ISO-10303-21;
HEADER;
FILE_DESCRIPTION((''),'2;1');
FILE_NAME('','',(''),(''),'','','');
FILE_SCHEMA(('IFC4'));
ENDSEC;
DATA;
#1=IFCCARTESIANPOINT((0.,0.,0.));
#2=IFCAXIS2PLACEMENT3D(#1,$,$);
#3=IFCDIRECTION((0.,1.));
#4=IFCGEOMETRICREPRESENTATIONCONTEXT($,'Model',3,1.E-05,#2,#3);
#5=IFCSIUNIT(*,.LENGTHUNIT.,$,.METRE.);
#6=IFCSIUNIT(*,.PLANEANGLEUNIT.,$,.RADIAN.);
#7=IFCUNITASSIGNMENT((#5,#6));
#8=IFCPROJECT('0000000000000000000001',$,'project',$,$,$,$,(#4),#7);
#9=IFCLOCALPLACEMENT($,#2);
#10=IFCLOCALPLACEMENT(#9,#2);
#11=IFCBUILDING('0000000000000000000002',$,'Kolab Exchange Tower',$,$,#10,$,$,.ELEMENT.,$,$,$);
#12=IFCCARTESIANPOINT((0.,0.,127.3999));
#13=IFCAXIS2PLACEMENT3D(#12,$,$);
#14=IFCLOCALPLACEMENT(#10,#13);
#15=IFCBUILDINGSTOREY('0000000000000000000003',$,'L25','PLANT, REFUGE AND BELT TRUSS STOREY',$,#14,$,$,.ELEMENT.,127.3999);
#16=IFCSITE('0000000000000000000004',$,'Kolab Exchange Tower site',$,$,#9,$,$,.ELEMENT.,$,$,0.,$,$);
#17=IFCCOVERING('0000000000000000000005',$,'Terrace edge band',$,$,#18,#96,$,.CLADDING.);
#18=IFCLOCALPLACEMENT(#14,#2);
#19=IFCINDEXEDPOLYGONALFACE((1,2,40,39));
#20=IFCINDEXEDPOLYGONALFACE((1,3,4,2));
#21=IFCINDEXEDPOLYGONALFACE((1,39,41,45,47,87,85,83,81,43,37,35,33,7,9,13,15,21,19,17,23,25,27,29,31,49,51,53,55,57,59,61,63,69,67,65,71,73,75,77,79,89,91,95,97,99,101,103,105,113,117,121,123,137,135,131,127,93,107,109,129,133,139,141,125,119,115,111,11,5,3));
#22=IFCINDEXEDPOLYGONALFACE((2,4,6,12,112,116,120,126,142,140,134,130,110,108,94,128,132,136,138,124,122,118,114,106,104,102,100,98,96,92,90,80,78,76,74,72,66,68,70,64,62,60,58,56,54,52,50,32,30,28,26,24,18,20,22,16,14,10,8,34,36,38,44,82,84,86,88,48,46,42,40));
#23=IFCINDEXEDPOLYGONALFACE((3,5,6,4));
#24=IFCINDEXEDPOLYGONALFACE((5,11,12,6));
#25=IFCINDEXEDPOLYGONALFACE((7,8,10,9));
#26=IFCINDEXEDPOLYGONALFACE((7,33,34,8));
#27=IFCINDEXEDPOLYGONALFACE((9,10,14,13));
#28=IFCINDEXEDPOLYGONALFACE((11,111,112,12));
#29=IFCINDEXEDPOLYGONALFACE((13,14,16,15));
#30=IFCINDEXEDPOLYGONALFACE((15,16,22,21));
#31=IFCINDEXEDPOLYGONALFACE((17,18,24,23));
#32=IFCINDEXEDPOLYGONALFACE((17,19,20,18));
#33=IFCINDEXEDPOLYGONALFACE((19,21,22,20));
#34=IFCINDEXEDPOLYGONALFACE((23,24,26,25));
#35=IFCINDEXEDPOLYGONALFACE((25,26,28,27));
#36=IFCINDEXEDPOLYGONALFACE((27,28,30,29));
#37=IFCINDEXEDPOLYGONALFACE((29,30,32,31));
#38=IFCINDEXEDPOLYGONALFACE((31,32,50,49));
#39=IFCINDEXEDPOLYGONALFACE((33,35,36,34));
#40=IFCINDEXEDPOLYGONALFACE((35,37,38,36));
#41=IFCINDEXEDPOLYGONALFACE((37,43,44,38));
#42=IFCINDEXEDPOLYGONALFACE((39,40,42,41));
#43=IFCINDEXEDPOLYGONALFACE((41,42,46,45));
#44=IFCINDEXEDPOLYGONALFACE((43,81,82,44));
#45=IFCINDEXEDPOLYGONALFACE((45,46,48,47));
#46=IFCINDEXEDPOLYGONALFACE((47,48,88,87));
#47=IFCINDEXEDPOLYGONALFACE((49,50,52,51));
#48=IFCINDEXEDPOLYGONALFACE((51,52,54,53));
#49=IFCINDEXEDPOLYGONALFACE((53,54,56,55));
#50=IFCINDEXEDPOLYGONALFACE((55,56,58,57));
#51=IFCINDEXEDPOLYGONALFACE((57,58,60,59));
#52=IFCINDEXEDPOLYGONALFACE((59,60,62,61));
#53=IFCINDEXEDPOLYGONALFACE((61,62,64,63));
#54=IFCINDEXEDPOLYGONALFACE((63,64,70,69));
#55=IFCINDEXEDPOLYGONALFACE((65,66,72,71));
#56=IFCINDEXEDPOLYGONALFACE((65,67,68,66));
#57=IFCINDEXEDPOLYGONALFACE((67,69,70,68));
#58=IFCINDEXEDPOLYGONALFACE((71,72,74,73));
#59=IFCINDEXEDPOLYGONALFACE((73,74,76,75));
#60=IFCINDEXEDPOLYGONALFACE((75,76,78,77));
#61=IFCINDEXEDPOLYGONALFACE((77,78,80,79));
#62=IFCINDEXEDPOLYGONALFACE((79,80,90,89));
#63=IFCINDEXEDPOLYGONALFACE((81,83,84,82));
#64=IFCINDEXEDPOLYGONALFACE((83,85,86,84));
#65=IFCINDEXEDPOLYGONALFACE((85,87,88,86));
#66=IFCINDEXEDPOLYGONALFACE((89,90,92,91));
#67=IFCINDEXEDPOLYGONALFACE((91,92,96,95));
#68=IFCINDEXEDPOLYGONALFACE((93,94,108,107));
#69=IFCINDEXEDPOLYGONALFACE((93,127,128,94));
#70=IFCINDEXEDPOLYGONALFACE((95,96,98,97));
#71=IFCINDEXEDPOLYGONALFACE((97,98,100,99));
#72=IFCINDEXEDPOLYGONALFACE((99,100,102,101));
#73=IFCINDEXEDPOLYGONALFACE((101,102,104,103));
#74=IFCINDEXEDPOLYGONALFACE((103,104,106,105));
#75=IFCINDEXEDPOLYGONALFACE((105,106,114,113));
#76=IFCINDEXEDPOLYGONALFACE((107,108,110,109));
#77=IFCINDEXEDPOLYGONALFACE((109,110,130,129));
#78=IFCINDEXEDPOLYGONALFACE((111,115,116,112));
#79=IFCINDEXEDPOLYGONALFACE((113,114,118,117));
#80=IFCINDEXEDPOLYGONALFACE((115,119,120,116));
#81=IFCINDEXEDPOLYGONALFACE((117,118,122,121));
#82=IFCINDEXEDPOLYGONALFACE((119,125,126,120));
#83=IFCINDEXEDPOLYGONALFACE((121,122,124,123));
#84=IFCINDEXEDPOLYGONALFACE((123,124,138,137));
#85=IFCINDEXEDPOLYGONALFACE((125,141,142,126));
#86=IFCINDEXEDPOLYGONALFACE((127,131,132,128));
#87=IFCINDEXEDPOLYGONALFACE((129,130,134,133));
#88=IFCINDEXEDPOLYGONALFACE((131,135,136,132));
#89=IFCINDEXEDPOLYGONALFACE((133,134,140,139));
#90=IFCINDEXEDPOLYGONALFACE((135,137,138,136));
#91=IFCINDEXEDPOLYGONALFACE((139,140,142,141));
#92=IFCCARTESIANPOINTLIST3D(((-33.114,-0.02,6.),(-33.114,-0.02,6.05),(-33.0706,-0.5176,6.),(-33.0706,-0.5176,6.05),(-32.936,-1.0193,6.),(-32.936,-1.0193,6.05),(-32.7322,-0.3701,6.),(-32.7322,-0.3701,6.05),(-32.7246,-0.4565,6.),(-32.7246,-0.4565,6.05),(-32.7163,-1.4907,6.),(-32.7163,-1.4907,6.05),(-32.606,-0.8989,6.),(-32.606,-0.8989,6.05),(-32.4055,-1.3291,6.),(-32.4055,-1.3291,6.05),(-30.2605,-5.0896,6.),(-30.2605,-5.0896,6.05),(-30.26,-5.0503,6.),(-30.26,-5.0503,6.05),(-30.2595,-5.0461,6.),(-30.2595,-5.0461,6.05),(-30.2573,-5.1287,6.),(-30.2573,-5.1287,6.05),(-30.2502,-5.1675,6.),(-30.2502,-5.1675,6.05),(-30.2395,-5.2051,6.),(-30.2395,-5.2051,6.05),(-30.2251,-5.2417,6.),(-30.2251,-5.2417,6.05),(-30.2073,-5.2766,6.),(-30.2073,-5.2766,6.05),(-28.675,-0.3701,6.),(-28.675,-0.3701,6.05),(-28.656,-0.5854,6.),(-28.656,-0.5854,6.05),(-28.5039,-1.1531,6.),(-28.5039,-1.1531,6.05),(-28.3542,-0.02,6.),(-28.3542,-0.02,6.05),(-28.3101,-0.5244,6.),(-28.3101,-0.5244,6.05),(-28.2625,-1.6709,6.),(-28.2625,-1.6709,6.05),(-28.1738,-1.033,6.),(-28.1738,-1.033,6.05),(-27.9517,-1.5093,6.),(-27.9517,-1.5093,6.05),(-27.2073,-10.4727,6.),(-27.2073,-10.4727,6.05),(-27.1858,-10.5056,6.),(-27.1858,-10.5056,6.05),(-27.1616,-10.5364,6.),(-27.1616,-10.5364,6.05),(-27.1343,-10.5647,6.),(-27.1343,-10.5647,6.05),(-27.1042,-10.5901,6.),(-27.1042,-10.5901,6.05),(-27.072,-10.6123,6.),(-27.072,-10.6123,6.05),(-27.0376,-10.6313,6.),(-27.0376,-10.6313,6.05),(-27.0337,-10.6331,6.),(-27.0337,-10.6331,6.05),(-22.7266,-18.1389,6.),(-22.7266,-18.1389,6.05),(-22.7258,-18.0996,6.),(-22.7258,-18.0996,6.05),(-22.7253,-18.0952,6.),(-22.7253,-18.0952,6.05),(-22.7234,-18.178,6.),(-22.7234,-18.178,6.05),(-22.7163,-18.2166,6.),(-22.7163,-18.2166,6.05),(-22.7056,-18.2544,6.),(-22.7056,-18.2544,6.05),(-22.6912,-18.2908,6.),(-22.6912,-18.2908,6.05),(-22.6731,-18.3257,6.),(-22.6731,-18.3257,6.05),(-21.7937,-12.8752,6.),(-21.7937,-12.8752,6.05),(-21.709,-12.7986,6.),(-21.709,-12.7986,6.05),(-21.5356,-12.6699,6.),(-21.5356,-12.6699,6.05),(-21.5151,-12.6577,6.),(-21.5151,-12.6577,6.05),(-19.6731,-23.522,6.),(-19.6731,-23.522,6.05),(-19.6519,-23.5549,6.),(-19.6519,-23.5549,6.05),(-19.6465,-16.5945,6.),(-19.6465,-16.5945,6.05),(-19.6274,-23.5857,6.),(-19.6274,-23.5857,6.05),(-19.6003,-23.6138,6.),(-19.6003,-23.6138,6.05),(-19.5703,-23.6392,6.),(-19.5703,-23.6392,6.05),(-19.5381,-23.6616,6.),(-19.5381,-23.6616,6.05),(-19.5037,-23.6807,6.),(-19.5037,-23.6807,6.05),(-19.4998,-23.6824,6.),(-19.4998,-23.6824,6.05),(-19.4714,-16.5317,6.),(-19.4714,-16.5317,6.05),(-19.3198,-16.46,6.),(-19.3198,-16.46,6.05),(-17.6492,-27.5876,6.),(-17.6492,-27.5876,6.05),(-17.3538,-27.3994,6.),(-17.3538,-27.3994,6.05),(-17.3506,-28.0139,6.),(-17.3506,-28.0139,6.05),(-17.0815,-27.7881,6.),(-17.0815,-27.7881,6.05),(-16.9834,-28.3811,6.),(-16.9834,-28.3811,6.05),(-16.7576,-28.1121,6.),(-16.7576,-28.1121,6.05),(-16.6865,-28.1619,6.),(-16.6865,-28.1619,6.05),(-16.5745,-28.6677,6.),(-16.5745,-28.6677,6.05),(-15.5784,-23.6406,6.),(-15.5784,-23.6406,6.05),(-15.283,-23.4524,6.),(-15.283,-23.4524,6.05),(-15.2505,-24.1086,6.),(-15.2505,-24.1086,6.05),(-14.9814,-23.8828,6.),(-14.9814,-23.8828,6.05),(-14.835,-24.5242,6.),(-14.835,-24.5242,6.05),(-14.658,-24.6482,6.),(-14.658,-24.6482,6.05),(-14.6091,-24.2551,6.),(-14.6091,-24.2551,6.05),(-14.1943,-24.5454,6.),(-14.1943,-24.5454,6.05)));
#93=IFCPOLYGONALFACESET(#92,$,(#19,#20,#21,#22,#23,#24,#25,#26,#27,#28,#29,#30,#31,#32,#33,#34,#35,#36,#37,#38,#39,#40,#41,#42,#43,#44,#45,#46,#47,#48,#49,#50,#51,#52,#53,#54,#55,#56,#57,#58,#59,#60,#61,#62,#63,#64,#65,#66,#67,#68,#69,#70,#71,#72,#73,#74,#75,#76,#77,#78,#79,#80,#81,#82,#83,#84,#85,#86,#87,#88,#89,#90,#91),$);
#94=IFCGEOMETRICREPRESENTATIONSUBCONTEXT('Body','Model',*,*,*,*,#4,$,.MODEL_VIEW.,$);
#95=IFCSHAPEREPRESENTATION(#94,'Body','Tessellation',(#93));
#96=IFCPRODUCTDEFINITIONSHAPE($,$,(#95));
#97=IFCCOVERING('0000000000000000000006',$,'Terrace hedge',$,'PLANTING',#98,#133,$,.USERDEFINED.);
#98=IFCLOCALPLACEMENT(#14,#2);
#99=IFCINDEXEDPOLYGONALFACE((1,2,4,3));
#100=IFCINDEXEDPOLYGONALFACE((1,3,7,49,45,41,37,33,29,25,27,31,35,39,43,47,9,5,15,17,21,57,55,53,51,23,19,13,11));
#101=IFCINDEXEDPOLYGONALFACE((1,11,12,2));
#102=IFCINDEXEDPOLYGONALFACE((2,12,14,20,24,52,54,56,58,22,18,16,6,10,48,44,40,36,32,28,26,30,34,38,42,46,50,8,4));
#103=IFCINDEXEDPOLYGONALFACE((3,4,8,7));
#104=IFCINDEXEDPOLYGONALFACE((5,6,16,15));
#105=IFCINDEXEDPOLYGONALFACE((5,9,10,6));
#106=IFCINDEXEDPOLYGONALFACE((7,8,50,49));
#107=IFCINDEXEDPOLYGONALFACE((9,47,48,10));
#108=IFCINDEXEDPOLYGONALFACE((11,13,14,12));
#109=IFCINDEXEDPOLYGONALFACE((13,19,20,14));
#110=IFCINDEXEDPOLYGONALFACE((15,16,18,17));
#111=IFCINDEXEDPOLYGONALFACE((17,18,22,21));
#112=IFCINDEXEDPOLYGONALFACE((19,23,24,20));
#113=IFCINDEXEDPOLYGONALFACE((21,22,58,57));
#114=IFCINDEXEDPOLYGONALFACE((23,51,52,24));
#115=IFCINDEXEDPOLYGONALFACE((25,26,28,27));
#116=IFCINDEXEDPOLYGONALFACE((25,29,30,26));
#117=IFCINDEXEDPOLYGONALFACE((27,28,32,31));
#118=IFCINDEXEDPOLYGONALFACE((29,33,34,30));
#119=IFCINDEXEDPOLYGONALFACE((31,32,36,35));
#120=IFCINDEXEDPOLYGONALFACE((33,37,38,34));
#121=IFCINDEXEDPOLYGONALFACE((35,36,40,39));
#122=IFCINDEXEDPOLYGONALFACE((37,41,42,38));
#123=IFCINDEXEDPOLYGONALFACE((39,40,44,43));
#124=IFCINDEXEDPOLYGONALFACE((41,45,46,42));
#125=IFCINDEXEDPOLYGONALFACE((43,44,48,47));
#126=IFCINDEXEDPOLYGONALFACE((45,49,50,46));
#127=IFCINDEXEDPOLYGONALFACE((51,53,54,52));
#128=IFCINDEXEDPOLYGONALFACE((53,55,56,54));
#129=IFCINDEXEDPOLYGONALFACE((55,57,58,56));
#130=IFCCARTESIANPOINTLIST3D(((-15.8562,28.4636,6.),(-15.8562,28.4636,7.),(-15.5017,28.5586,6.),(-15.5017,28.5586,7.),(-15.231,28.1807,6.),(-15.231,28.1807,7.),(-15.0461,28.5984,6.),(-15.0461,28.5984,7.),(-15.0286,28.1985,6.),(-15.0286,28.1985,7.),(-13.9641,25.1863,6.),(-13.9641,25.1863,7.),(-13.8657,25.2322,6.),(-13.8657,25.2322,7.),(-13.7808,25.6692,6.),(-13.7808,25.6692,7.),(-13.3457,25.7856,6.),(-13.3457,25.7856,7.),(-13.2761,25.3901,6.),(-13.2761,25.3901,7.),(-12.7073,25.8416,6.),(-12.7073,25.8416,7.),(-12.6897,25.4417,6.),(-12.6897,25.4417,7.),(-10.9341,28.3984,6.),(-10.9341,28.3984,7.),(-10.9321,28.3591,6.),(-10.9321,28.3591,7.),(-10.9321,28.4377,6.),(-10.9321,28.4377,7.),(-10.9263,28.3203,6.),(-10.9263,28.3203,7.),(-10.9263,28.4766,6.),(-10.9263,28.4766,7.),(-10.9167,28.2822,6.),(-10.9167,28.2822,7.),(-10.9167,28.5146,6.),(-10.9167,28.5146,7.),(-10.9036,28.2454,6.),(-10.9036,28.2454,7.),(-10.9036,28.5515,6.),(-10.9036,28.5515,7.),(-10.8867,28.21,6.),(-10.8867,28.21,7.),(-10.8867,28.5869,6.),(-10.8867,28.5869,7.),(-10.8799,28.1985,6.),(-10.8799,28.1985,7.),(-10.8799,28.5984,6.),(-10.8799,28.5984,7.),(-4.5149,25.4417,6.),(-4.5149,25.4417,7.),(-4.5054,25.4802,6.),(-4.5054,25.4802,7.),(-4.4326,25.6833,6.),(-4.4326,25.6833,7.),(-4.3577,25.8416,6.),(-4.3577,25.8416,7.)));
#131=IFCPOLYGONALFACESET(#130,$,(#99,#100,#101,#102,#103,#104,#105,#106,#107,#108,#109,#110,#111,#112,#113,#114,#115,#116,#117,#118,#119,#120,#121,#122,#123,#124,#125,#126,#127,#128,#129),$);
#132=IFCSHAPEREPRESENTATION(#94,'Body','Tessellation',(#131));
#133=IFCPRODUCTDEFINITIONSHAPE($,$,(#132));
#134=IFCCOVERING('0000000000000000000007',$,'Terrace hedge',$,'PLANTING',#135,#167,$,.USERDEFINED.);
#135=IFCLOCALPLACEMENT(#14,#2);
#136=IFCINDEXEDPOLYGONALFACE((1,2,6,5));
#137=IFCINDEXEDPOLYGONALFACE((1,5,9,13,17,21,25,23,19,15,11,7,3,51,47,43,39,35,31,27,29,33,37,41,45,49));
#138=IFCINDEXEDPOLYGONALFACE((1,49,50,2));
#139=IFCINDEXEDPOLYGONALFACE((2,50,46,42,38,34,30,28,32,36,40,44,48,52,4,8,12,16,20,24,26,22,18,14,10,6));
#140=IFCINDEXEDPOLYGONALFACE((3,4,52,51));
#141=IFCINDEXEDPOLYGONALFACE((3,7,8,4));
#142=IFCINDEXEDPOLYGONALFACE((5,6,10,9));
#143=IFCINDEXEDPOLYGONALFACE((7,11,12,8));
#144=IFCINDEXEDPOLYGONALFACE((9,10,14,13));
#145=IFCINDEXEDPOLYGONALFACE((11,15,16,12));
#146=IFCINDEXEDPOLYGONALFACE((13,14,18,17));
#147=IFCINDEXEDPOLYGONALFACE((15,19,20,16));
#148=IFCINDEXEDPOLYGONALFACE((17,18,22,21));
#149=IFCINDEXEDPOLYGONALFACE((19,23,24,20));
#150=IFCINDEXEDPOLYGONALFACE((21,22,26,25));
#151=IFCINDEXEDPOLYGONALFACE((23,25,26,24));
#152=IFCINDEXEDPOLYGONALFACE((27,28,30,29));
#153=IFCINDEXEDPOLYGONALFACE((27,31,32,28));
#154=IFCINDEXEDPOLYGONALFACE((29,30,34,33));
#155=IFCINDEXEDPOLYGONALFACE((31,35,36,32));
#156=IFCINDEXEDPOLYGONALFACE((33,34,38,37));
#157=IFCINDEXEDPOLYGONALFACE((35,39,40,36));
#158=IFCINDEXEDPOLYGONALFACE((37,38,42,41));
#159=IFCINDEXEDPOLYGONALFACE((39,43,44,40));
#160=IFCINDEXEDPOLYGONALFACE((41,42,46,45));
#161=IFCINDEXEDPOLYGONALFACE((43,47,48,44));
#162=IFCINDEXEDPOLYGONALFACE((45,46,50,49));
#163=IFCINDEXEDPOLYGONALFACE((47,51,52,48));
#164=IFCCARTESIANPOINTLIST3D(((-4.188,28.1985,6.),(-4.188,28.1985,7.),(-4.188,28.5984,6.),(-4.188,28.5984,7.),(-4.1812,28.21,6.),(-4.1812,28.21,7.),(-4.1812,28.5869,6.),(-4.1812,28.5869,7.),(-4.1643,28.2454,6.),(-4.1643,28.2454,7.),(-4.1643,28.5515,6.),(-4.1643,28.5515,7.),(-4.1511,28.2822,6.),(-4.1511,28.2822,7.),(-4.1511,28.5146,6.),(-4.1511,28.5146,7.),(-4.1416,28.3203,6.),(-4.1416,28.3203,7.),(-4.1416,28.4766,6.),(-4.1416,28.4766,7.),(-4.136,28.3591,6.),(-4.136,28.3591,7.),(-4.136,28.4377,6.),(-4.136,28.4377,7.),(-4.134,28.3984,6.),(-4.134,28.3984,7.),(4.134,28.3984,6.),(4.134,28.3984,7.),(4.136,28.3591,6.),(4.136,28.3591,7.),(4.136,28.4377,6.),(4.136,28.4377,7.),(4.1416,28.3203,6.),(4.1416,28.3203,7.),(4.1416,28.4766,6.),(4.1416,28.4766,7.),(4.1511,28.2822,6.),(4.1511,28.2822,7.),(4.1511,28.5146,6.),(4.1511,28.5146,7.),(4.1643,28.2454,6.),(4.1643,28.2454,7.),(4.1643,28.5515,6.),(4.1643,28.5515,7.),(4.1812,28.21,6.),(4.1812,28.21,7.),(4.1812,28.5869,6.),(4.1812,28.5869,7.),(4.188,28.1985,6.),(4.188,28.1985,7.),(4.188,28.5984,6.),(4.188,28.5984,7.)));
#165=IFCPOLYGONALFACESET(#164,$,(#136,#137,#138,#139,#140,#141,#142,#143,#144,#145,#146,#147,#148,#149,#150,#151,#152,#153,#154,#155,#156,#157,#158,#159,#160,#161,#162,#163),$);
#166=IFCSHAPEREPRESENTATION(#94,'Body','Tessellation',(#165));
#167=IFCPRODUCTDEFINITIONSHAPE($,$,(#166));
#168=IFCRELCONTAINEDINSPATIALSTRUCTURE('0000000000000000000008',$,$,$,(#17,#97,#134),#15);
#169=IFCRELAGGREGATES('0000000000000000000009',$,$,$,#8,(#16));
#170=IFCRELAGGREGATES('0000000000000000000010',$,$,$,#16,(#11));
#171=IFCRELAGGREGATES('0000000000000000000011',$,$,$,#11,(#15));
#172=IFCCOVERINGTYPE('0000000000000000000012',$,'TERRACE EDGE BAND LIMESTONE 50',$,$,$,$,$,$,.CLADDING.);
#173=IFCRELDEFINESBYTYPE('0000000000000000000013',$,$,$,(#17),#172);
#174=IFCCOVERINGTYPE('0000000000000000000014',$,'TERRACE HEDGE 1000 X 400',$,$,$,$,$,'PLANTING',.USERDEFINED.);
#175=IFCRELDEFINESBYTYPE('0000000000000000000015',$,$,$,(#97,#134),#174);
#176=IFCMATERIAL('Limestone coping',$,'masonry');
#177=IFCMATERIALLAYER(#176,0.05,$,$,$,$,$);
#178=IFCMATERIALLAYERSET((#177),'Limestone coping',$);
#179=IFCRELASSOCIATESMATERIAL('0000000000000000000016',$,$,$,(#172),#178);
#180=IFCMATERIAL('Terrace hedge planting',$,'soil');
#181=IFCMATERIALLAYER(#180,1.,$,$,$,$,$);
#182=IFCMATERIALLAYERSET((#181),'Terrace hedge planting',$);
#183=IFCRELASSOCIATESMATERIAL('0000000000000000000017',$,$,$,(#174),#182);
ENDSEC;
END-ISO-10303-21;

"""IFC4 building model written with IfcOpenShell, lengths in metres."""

from ifc_helpers import new_model, si_unit, direction, frame, origin, place, context, subcontext, project, spatial, polyline, outline, extrude, material, layer, layer_set, type_object, element, save


model = new_model("IFC4")

# Units and contexts
model_context = context("Model", 3, precision=1e-05, world=origin(), true_north=direction((0.0, 1.0)))
body_context = subcontext(model_context, "Body", "Model", "MODEL_VIEW")
ifc_project = project(units=[si_unit("LENGTHUNIT", "METRE"), si_unit("PLANEANGLEUNIT", "RADIAN")], contexts=[model_context])

# Site, building, storey
site_placement = place(None, origin())
site = spatial("IfcSite", under=ifc_project, at=site_placement, Name="Kolab Exchange Tower site", CompositionType="ELEMENT", RefElevation=0.0)
building_placement = place(site_placement, origin())
building = spatial("IfcBuilding", under=site, at=building_placement, Name="Kolab Exchange Tower", CompositionType="ELEMENT")
storey_placement = place(building_placement, frame((0.0, 0.0, 127.3999)))
storey = spatial("IfcBuildingStorey", under=building, at=storey_placement, Name="L25", Description="PLANT, REFUGE AND BELT TRUSS STOREY", CompositionType="ELEMENT", Elevation=127.3999)

# Coverings
ifc_material_1 = material(Name="Limestone coping", Category="masonry")
ifc_layer_1 = layer(ifc_material_1, 0.05)
ifc_layer_set_1 = layer_set([ifc_layer_1], Name="Limestone coping")
covering_type_1 = type_object("IfcCoveringType", Name="TERRACE EDGE BAND LIMESTONE 50", PredefinedType="CLADDING", material=ifc_layer_set_1)
covering_1_placement = place(storey_placement, frame((0.0, 0.0, 6.0)))
element("IfcCovering", 1, at=covering_1_placement, inside=storey, type_object=covering_type_1, Name="Terrace edge band", PredefinedType="CLADDING", context=body_context, shape_type="SweptSolid", body=[
    extrude(outline(polyline([(-17.3506, -28.0139), (-17.6492, -27.5876), (-32.7163, -1.4907), (-32.936, -1.0193), (-33.0706, -0.5176), (-33.114, -0.02), (-28.3542, -0.02), (-28.3101, -0.5244), (-28.1738, -1.033), (-27.9517, -1.5093), (-21.5151, -12.6577), (-21.5356, -12.6699), (-21.709, -12.7986), (-21.7937, -12.8752), (-28.2625, -1.6709), (-28.5039, -1.1531), (-28.656, -0.5854), (-28.675, -0.3701), (-32.7322, -0.3701), (-32.7246, -0.4565), (-32.606, -0.8989), (-32.4055, -1.3291), (-30.2595, -5.0461), (-30.26, -5.0503), (-30.2605, -5.0896), (-30.2573, -5.1287), (-30.2502, -5.1675), (-30.2395, -5.2051), (-30.2251, -5.2417), (-30.2073, -5.2766), (-27.2073, -10.4727), (-27.1858, -10.5056), (-27.1616, -10.5364), (-27.1343, -10.5647), (-27.1042, -10.5901), (-27.072, -10.6123), (-27.0376, -10.6313), (-27.0337, -10.6331), (-22.7253, -18.0952), (-22.7258, -18.0996), (-22.7266, -18.1389), (-22.7234, -18.178), (-22.7163, -18.2166), (-22.7056, -18.2544), (-22.6912, -18.2908), (-22.6731, -18.3257), (-19.6731, -23.522), (-19.6519, -23.5549), (-19.6274, -23.5857), (-19.6003, -23.6138), (-19.5703, -23.6392), (-19.5381, -23.6616), (-19.5037, -23.6807), (-19.4998, -23.6824), (-17.3538, -27.3994), (-17.0815, -27.7881), (-16.7576, -28.1121), (-16.6865, -28.1619), (-14.658, -24.6482), (-14.835, -24.5242), (-15.2505, -24.1086), (-15.5784, -23.6406), (-19.6465, -16.5945), (-19.4714, -16.5317), (-19.3198, -16.46), (-15.283, -23.4524), (-14.9814, -23.8828), (-14.6091, -24.2551), (-14.1943, -24.5454), (-16.5745, -28.6677), (-16.9834, -28.3811), (-17.3506, -28.0139)])), origin(), (0.0, 0.0, 1.0), 0.05),
])
ifc_material_2 = material(Name="Terrace hedge planting", Category="soil")
ifc_layer_2 = layer(ifc_material_2, 1.0)
ifc_layer_set_2 = layer_set([ifc_layer_2], Name="Terrace hedge planting")
covering_type_2 = type_object("IfcCoveringType", Name="TERRACE HEDGE 1000 X 400", ElementType="PLANTING", PredefinedType="USERDEFINED", material=ifc_layer_set_2)
covering_2_placement = place(storey_placement, frame((0.0, 0.0, 6.0)))
element("IfcCovering", 2, at=covering_2_placement, inside=storey, type_object=covering_type_2, Name="Terrace hedge", ObjectType="PLANTING", PredefinedType="USERDEFINED", context=body_context, shape_type="SweptSolid", body=[
    extrude(outline(polyline([(-15.0461, 28.5984), (-10.8799, 28.5984), (-10.8867, 28.5869), (-10.9036, 28.5515), (-10.9167, 28.5146), (-10.9263, 28.4766), (-10.9321, 28.4377), (-10.9341, 28.3984), (-10.9321, 28.3591), (-10.9263, 28.3203), (-10.9167, 28.2822), (-10.9036, 28.2454), (-10.8867, 28.21), (-10.8799, 28.1985), (-15.0286, 28.1985), (-15.231, 28.1807), (-13.7808, 25.6692), (-13.3457, 25.7856), (-12.7073, 25.8416), (-4.3577, 25.8416), (-4.4326, 25.6833), (-4.5054, 25.4802), (-4.5149, 25.4417), (-12.6897, 25.4417), (-13.2761, 25.3901), (-13.8657, 25.2322), (-13.9641, 25.1863), (-15.8562, 28.4636), (-15.5017, 28.5586), (-15.0461, 28.5984)])), origin(), (0.0, 0.0, 1.0), 1.0),
])
covering_3_placement = place(storey_placement, frame((0.0, 0.0, 6.0)))
element("IfcCovering", 3, at=covering_3_placement, inside=storey, type_object=covering_type_2, Name="Terrace hedge", ObjectType="PLANTING", PredefinedType="USERDEFINED", context=body_context, shape_type="SweptSolid", body=[
    extrude(outline(polyline([(4.188, 28.5984), (4.1812, 28.5869), (4.1643, 28.5515), (4.1511, 28.5146), (4.1416, 28.4766), (4.136, 28.4377), (4.134, 28.3984), (4.136, 28.3591), (4.1416, 28.3203), (4.1511, 28.2822), (4.1643, 28.2454), (4.1812, 28.21), (4.188, 28.1985), (-4.188, 28.1985), (-4.1812, 28.21), (-4.1643, 28.2454), (-4.1511, 28.2822), (-4.1416, 28.3203), (-4.136, 28.3591), (-4.134, 28.3984), (-4.136, 28.4377), (-4.1416, 28.4766), (-4.1511, 28.5146), (-4.1643, 28.5515), (-4.1812, 28.5869), (-4.188, 28.5984), (4.188, 28.5984)])), origin(), (0.0, 0.0, 1.0), 1.0),
])

save(model, "model.ifc")
